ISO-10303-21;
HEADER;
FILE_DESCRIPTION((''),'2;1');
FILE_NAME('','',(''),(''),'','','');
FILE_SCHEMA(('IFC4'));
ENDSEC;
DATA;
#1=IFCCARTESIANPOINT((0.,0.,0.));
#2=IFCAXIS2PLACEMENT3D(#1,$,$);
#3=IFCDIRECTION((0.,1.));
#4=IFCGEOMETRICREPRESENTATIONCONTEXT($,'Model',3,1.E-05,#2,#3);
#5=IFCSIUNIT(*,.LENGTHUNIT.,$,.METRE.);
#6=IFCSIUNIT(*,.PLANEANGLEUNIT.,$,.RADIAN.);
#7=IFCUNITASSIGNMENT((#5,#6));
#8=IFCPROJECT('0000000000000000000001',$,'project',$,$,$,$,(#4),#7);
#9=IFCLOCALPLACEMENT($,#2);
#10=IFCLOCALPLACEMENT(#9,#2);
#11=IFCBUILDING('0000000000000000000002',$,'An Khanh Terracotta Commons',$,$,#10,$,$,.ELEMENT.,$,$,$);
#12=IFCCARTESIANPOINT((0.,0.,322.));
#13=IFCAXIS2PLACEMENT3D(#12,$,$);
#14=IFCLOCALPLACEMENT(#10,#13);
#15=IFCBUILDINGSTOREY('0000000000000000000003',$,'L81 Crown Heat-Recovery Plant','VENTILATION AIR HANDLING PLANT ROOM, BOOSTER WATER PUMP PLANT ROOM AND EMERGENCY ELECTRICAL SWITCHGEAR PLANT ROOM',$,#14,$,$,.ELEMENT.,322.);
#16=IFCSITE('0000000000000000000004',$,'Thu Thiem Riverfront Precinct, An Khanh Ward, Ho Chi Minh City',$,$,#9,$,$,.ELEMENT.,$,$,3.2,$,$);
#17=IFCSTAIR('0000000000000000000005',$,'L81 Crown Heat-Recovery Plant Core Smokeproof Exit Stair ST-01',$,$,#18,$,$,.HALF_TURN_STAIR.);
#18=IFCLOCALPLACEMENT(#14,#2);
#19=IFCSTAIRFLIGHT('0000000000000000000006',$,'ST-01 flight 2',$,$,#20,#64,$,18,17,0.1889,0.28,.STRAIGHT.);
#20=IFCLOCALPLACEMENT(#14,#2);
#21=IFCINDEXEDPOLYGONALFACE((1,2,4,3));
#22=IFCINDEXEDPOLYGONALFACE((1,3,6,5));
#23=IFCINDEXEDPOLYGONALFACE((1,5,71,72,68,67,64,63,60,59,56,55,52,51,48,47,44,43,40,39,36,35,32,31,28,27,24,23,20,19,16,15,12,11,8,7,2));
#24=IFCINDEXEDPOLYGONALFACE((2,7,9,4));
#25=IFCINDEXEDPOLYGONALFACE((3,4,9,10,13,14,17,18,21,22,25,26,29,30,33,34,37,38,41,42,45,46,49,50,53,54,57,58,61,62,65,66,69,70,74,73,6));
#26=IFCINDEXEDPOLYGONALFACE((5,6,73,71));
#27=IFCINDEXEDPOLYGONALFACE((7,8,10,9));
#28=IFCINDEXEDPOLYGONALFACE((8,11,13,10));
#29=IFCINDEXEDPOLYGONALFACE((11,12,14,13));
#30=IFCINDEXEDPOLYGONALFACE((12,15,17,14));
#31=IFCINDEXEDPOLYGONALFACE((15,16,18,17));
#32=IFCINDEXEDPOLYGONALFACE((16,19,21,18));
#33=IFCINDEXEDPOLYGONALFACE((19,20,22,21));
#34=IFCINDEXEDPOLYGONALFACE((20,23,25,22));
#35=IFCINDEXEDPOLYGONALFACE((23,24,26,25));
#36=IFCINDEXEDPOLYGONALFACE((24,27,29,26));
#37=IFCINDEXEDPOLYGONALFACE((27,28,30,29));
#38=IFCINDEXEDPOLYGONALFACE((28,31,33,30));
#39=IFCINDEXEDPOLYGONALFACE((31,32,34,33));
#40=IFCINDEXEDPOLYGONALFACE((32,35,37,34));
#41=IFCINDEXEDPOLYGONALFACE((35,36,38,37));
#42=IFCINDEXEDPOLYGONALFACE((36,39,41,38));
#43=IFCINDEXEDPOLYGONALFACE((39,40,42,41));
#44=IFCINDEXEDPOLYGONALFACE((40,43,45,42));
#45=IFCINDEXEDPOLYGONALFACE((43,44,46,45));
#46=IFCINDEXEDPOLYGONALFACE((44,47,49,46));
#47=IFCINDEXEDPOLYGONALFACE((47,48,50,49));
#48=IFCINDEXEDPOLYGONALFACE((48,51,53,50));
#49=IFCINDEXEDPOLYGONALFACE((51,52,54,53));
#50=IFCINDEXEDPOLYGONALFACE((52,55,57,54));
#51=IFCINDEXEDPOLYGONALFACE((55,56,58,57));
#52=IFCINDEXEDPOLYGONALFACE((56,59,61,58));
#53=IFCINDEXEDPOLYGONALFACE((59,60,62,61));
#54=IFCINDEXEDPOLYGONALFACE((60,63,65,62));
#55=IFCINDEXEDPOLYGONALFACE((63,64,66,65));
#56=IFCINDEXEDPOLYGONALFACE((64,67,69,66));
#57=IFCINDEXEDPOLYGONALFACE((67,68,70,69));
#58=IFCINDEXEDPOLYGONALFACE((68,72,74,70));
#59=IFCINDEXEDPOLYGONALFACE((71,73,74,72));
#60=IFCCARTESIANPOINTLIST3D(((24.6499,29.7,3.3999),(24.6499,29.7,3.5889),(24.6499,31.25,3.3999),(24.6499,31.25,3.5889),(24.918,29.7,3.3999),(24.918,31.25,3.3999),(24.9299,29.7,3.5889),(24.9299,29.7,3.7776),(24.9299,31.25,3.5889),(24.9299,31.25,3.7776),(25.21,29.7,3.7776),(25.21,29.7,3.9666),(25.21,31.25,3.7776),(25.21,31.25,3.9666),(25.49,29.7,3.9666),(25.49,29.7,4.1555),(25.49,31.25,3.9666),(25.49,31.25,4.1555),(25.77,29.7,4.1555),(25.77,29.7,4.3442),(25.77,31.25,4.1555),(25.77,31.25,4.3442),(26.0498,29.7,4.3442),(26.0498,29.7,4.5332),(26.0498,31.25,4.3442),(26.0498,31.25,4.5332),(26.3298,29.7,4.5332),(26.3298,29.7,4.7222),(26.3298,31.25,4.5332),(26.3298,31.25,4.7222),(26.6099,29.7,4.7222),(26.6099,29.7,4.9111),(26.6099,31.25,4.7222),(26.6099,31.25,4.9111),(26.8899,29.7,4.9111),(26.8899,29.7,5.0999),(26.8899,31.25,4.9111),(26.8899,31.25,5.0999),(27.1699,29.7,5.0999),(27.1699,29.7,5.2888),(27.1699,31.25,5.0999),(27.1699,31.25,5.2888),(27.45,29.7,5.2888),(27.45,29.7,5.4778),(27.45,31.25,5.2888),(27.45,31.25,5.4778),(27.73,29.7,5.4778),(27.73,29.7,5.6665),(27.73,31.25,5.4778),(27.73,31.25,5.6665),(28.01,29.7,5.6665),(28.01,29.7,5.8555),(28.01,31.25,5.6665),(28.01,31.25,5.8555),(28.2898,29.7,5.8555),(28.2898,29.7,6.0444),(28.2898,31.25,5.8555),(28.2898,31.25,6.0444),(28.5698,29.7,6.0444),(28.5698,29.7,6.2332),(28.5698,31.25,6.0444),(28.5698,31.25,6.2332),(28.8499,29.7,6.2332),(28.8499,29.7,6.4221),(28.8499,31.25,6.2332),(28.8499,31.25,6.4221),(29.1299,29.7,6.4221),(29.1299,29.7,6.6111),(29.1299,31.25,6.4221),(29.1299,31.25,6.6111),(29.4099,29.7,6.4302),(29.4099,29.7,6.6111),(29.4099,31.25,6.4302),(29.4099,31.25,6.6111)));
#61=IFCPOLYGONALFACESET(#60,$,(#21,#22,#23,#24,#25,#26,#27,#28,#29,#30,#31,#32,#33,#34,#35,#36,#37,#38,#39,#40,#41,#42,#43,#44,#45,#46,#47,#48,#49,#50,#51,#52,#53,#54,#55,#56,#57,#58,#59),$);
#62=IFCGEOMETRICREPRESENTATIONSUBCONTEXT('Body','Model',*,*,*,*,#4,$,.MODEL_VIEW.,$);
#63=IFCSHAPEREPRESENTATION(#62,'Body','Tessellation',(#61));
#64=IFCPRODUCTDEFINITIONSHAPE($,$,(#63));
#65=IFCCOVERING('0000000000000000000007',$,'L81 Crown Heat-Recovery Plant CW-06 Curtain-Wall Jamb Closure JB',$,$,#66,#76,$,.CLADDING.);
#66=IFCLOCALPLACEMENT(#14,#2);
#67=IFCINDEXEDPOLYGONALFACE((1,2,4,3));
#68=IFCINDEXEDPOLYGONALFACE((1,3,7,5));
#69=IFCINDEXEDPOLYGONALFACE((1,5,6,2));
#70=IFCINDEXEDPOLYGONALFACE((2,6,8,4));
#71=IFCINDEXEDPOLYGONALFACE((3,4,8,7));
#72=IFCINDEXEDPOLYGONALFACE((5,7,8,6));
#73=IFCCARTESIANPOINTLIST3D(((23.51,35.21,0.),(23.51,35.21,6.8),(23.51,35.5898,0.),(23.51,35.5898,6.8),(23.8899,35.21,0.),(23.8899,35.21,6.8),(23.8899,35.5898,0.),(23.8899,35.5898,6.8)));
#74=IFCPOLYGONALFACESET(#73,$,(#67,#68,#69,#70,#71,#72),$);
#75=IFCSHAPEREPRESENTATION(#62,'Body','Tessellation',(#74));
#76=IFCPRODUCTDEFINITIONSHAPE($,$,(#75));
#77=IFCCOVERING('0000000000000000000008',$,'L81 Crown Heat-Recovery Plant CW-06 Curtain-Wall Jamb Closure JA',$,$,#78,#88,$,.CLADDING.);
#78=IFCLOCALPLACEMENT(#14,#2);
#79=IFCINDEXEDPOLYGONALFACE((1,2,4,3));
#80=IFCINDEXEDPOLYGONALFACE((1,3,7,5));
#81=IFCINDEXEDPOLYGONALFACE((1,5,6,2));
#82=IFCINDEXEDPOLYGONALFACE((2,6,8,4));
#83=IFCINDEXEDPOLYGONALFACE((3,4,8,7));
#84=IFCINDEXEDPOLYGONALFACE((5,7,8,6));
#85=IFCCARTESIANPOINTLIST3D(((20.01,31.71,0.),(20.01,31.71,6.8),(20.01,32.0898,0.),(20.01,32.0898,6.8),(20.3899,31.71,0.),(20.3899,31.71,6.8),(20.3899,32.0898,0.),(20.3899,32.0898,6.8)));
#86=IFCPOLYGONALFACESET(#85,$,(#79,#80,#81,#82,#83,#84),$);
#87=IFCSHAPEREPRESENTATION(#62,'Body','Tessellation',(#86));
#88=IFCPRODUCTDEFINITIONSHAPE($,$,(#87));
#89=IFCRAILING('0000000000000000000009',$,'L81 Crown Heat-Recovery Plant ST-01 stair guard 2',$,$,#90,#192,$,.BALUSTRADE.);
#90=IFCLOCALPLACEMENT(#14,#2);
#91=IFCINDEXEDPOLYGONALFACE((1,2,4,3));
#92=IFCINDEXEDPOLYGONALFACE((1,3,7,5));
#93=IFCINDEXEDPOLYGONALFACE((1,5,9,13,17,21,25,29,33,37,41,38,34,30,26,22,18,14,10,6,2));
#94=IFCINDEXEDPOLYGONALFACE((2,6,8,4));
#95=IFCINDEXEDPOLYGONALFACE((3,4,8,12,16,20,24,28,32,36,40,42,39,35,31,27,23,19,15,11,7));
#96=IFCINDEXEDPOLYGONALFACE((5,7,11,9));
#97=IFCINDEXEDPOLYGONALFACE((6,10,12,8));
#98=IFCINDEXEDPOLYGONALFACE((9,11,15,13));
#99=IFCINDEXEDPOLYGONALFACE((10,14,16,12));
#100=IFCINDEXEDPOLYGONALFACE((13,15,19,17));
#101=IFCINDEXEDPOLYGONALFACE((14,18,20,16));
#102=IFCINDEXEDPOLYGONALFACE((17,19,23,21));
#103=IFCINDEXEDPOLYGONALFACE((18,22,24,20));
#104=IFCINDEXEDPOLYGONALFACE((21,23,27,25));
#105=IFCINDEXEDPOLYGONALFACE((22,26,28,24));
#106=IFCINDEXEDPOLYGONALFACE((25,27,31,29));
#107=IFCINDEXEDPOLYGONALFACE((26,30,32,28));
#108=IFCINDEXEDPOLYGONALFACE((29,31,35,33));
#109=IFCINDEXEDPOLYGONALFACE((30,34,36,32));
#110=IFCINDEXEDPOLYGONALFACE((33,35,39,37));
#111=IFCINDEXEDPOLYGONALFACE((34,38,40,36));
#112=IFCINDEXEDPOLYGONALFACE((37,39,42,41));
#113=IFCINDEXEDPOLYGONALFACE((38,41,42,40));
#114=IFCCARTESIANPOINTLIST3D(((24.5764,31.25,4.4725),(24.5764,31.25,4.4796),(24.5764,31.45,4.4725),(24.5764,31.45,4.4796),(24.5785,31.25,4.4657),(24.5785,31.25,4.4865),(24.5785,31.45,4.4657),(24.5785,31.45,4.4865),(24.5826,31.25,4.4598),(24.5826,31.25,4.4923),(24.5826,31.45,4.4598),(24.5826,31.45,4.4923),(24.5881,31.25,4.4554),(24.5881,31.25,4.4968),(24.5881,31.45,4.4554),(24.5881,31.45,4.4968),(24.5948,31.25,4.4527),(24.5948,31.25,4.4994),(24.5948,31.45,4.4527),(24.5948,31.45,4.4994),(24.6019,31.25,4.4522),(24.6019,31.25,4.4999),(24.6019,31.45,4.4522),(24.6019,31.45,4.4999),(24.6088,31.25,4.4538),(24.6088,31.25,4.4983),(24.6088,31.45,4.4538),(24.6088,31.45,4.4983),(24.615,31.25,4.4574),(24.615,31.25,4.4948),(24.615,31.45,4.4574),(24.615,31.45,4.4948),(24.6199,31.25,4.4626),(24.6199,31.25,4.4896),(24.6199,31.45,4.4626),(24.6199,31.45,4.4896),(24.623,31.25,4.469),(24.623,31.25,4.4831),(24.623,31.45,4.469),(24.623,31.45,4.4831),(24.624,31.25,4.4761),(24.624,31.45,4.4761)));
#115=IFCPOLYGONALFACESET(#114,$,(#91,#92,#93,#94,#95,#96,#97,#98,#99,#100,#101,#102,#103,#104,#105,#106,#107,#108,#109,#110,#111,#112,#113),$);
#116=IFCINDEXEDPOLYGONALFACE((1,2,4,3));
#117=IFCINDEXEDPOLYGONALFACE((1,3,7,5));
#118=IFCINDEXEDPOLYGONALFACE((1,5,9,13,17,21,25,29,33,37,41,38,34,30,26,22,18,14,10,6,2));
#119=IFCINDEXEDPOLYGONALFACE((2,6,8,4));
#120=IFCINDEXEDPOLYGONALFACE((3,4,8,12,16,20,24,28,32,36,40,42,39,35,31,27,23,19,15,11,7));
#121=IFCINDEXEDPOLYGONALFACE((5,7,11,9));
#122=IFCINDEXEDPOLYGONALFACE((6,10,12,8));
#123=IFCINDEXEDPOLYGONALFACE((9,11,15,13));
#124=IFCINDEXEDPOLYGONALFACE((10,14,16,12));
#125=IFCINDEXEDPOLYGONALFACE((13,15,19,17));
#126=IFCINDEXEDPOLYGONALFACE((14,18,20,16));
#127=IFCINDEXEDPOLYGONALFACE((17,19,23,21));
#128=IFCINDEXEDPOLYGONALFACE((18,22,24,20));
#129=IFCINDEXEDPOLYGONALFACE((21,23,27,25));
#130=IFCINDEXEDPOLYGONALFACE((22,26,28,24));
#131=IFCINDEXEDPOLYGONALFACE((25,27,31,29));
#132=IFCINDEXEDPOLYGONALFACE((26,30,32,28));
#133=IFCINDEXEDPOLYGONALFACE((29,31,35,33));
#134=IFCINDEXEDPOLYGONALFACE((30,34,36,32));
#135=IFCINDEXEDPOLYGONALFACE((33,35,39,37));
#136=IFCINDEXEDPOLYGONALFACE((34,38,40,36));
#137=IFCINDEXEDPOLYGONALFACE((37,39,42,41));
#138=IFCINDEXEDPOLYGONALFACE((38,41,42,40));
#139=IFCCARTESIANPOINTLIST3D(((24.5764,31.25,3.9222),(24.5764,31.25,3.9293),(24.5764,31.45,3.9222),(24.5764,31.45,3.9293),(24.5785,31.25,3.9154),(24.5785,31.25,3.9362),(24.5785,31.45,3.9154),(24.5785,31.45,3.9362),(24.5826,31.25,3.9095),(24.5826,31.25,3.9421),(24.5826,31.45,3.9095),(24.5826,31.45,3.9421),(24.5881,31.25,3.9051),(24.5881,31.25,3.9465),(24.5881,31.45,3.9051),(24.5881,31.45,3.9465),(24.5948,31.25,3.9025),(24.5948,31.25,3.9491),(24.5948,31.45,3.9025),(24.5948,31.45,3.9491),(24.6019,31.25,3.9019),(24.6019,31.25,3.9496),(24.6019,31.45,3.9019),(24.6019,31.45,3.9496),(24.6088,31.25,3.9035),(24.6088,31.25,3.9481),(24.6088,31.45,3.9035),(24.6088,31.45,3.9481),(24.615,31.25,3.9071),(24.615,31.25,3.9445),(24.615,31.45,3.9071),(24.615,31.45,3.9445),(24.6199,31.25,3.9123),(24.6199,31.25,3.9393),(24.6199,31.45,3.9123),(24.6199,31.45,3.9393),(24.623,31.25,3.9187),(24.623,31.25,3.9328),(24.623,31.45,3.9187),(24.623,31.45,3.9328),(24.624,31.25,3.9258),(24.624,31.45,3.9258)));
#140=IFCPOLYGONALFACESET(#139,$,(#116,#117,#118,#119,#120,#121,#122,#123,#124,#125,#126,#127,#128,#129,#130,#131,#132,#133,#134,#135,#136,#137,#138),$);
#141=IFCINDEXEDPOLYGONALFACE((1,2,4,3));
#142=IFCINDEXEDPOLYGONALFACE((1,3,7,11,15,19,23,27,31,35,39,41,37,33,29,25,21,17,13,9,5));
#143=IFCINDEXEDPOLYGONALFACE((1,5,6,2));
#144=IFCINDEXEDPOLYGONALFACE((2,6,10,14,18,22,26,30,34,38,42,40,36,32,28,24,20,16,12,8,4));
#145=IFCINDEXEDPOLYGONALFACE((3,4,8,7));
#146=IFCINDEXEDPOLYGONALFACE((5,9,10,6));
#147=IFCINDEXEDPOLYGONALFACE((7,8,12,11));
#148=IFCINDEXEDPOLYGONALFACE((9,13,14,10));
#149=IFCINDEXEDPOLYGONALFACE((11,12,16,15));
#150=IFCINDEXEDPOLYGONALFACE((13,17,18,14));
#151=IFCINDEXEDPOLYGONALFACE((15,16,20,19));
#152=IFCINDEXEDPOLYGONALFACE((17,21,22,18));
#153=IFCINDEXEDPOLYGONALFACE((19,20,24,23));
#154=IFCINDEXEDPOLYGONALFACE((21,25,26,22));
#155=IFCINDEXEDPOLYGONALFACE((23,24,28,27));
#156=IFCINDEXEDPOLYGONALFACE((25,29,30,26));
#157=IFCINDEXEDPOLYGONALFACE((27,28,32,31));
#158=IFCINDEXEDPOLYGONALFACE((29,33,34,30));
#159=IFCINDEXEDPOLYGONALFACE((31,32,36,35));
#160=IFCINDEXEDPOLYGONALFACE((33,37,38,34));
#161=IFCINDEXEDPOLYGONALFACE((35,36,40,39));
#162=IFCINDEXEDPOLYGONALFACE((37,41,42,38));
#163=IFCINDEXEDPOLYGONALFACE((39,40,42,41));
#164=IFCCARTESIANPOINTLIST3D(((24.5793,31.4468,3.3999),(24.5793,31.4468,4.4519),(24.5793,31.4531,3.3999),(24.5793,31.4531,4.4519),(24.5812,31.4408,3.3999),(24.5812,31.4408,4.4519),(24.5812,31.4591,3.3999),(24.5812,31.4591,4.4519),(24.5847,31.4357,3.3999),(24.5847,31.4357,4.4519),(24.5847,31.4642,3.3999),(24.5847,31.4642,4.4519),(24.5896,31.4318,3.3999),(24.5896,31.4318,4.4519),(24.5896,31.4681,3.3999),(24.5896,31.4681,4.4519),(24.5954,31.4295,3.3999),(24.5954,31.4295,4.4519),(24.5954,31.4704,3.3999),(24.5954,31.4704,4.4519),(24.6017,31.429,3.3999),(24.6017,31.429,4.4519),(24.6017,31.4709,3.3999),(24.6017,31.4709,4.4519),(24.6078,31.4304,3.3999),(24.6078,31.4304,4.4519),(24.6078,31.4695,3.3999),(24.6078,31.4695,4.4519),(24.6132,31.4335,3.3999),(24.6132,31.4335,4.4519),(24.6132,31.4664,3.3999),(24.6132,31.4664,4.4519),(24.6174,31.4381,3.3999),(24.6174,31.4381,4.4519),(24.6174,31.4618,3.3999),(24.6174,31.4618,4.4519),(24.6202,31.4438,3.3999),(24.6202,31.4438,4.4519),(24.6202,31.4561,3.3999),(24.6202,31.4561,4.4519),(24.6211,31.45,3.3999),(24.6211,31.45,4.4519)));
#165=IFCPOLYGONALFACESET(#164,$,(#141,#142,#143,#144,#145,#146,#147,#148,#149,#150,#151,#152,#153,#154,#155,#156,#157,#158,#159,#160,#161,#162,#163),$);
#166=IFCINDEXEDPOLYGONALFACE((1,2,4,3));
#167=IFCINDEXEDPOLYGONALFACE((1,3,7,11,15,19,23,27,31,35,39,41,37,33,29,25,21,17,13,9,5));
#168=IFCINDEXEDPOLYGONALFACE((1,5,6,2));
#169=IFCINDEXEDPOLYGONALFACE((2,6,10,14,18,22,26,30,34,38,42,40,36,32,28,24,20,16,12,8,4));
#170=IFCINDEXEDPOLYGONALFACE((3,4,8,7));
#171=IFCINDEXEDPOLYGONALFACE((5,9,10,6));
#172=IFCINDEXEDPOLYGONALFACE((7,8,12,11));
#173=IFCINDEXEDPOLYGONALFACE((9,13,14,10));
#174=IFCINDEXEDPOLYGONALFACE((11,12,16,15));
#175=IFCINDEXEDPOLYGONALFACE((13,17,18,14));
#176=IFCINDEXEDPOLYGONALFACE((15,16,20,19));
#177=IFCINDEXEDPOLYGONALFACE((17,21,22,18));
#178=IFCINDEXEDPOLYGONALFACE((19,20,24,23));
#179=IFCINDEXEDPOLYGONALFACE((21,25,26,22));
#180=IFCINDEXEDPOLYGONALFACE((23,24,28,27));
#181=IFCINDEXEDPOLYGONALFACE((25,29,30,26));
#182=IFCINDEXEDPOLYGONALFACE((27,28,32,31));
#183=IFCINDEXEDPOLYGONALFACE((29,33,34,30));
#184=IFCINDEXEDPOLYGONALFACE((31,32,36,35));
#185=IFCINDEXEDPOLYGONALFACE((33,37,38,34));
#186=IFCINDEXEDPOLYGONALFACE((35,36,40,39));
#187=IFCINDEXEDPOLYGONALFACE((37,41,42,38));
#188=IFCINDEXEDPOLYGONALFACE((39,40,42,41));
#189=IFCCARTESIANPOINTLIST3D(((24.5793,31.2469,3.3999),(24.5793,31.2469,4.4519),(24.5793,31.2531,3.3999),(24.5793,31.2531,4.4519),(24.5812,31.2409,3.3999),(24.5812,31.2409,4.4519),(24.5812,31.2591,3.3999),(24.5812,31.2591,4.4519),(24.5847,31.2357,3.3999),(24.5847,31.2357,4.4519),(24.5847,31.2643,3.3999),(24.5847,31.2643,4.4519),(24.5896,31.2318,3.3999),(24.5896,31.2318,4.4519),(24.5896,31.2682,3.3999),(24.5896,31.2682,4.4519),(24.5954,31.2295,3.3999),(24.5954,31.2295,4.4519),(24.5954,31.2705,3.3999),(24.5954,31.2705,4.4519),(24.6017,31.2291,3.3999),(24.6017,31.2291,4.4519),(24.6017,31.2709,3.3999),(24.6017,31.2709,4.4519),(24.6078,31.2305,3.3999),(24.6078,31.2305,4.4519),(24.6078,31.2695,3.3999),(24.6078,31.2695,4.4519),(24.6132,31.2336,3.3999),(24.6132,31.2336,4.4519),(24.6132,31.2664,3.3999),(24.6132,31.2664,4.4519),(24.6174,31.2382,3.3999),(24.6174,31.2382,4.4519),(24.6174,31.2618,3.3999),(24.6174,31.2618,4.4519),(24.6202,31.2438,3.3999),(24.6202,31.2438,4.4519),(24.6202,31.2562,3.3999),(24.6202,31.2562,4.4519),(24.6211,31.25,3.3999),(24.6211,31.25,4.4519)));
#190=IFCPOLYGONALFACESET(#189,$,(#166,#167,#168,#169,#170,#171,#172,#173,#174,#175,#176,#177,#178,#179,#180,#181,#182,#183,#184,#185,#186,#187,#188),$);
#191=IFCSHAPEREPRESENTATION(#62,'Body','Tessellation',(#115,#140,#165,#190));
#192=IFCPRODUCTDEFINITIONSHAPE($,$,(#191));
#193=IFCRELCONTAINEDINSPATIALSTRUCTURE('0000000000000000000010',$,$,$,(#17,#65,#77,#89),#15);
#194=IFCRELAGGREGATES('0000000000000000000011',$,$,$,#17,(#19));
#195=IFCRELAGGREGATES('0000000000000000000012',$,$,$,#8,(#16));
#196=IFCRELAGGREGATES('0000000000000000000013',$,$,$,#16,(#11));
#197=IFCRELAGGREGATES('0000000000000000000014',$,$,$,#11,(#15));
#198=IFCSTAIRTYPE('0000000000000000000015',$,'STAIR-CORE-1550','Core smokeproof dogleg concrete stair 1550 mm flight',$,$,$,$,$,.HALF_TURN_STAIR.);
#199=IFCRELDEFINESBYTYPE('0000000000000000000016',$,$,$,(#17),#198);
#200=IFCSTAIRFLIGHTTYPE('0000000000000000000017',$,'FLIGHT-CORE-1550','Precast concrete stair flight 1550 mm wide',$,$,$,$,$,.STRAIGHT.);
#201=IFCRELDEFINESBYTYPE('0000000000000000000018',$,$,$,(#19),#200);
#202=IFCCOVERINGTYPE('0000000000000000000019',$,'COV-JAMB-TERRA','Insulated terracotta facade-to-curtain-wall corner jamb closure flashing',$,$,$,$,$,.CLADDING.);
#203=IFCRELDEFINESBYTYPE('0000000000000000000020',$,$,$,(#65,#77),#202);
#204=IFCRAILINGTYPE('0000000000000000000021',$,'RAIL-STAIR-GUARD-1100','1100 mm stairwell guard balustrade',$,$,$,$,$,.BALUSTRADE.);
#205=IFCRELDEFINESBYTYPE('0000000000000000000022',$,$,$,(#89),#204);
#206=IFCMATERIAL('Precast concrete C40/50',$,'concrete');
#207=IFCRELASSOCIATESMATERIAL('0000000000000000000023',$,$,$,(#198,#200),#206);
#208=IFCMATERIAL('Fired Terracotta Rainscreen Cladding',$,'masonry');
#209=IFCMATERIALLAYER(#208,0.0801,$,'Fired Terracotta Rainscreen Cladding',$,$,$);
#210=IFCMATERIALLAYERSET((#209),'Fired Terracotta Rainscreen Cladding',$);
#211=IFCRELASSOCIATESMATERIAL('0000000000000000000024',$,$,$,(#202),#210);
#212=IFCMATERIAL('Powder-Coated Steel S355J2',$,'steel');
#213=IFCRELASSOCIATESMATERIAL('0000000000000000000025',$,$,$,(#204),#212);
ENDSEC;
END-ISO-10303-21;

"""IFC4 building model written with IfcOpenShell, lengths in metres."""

from ifc_helpers import new_model, si_unit, direction, frame, origin, origin_2d, place, context, subcontext, project, spatial, polyline, rectangle, circle, outline, extrude, material, layer, layer_set, type_object, element, aggregate, save


model = new_model("IFC4")

# Units and contexts
model_context = context("Model", 3, precision=1e-05, world=origin(), true_north=direction((0.0, 1.0)))
body_context = subcontext(model_context, "Body", "Model", "MODEL_VIEW")
ifc_project = project(units=[si_unit("LENGTHUNIT", "METRE"), si_unit("PLANEANGLEUNIT", "RADIAN")], contexts=[model_context])

# Site, building, storey
site_placement = place(None, origin())
site = spatial("IfcSite", under=ifc_project, at=site_placement, Name="Thu Thiem Riverfront Precinct, An Khanh Ward, Ho Chi Minh City", CompositionType="ELEMENT", RefElevation=3.2)
building_placement = place(site_placement, origin())
building = spatial("IfcBuilding", under=site, at=building_placement, Name="An Khanh Terracotta Commons", CompositionType="ELEMENT")
storey_placement = place(building_placement, frame((0.0, 0.0, 322.0)))
storey = spatial("IfcBuildingStorey", under=building, at=storey_placement, Name="L81 Crown Heat-Recovery Plant", Description="VENTILATION AIR HANDLING PLANT ROOM, BOOSTER WATER PUMP PLANT ROOM AND EMERGENCY ELECTRICAL SWITCHGEAR PLANT ROOM", CompositionType="ELEMENT", Elevation=322.0)

# Shared definitions
ifc_material_1 = material(Name="Precast concrete C40/50", Category="concrete")

# Stair, stair flight
stair_type = type_object("IfcStairType", Name="STAIR-CORE-1550", Description="Core smokeproof dogleg concrete stair 1550 mm flight", PredefinedType="HALF_TURN_STAIR", material=ifc_material_1)
stair_placement = place(storey_placement, origin())
stair = element("IfcStair", 1, at=stair_placement, inside=storey, type_object=stair_type, Name="L81 Crown Heat-Recovery Plant Core Smokeproof Exit Stair ST-01", PredefinedType="HALF_TURN_STAIR")
stair_flight_type = type_object("IfcStairFlightType", Name="FLIGHT-CORE-1550", Description="Precast concrete stair flight 1550 mm wide", PredefinedType="STRAIGHT", material=ifc_material_1)
stair_flight_placement = place(storey_placement, frame((24.6499, 30.4751, 3.3999), z_axis=(0.0, 0.0, 1.0), x_axis=(1.0, 0.0, 0.0)))
stair_flight = element("IfcStairFlight", 2, at=stair_flight_placement, type_object=stair_flight_type, Name="ST-01 flight 2", NumberOfRisers=18, NumberOfTreads=17, PredefinedType="STRAIGHT", RiserHeight=0.1889, TreadLength=0.28, context=body_context, shape_type="SweptSolid", body=[
    extrude(outline(polyline([(0.0, 0.0), (0.0, 0.189), (0.28, 0.189), (0.28, 0.3777), (0.5601, 0.3777), (0.5601, 0.5667), (0.8401, 0.5667), (0.8401, 0.7556), (1.1201, 0.7556), (1.1201, 0.9443), (1.3999, 0.9443), (1.3999, 1.1333), (1.6799, 1.1333), (1.6799, 1.3223), (1.96, 1.3223), (1.96, 1.5112), (2.24, 1.5112), (2.24, 1.7), (2.52, 1.7), (2.52, 1.8889), (2.8, 1.8889), (2.8, 2.0779), (3.0801, 2.0779), (3.0801, 2.2666), (3.3601, 2.2666), (3.3601, 2.4556), (3.6399, 2.4556), (3.6399, 2.6445), (3.9199, 2.6445), (3.9199, 2.8333), (4.2, 2.8333), (4.2, 3.0222), (4.48, 3.0222), (4.48, 3.2112), (4.76, 3.2112), (4.76, 3.3999), (4.76, 3.0303), (0.2681, 0.0), (0.0, 0.0)])), frame((0.0, 0.7749, 0.0), z_axis=(0.0, -1.0, 0.0), x_axis=(1.0, 0.0, 0.0)), (0.0, 0.0, 1.0), 1.55),
])
aggregate(stair, [stair_flight])

# Coverings
ifc_material_2 = material(Name="Fired Terracotta Rainscreen Cladding", Category="masonry")
ifc_layer_1 = layer(ifc_material_2, 0.0801, Name="Fired Terracotta Rainscreen Cladding")
ifc_layer_set_1 = layer_set([ifc_layer_1], Name="Fired Terracotta Rainscreen Cladding")
covering_type = type_object("IfcCoveringType", Name="COV-JAMB-TERRA", Description="Insulated terracotta facade-to-curtain-wall corner jamb closure flashing", PredefinedType="CLADDING", material=ifc_layer_set_1)
for number, where, z_axis, x_axis, name in (
    (3, (23.7, 35.3999, 0.0), (0.0, 0.0, 1.0), (1.0, 0.0, 0.0), "L81 Crown Heat-Recovery Plant CW-06 Curtain-Wall Jamb Closure JB"),
    (4, (20.2, 31.8999, 0.0), (0.0, 0.0, 1.0), (1.0, 0.0, 0.0), "L81 Crown Heat-Recovery Plant CW-06 Curtain-Wall Jamb Closure JA"),
):
    element("IfcCovering", number, at=place(storey_placement, frame(where, z_axis=z_axis, x_axis=x_axis)), inside=storey, type_object=covering_type, Name=name, PredefinedType="CLADDING", context=body_context, shape_type="SweptSolid", body=[
        extrude(rectangle(XDim=0.3799, YDim=0.3799, at=origin_2d()), origin(), (0.0, 0.0, 1.0), 6.8),
    ])

# Railing
ifc_material_3 = material(Name="Powder-Coated Steel S355J2", Category="steel")
railing_type_1 = type_object("IfcRailingType", Name="RAIL-STAIR-GUARD-1100", Description="1100 mm stairwell guard balustrade", PredefinedType="BALUSTRADE", material=ifc_material_3)
railing_1_placement = place(storey_placement, frame((24.6001, 31.45, 3.3999)))
element("IfcRailing", 5, at=railing_1_placement, inside=storey, type_object=railing_type_1, Name="L81 Crown Heat-Recovery Plant ST-01 stair guard 2", PredefinedType="BALUSTRADE", context=body_context, shape_type="SweptSolid", body=[
    extrude(circle(Radius=0.0239, at=origin_2d()), frame((0.0, 0.0, 1.0762), z_axis=(0.0, -1.0, 0.0), x_axis=(1.0, 0.0, 0.0)), (0.0, 0.0, 1.0), 0.2),
    extrude(circle(Radius=0.0239, at=origin_2d()), frame((0.0, 0.0, 0.5259), z_axis=(0.0, -1.0, 0.0), x_axis=(1.0, 0.0, 0.0)), (0.0, 0.0, 1.0), 0.2),
    extrude(circle(Radius=0.021, at=origin_2d()), origin(), (0.0, 0.0, 1.0), 1.052),
    extrude(circle(Radius=0.021, at=origin_2d()), frame((0.0, -0.2, 0.0)), (0.0, 0.0, 1.0), 1.052),
])

save(model, "model.ifc")
